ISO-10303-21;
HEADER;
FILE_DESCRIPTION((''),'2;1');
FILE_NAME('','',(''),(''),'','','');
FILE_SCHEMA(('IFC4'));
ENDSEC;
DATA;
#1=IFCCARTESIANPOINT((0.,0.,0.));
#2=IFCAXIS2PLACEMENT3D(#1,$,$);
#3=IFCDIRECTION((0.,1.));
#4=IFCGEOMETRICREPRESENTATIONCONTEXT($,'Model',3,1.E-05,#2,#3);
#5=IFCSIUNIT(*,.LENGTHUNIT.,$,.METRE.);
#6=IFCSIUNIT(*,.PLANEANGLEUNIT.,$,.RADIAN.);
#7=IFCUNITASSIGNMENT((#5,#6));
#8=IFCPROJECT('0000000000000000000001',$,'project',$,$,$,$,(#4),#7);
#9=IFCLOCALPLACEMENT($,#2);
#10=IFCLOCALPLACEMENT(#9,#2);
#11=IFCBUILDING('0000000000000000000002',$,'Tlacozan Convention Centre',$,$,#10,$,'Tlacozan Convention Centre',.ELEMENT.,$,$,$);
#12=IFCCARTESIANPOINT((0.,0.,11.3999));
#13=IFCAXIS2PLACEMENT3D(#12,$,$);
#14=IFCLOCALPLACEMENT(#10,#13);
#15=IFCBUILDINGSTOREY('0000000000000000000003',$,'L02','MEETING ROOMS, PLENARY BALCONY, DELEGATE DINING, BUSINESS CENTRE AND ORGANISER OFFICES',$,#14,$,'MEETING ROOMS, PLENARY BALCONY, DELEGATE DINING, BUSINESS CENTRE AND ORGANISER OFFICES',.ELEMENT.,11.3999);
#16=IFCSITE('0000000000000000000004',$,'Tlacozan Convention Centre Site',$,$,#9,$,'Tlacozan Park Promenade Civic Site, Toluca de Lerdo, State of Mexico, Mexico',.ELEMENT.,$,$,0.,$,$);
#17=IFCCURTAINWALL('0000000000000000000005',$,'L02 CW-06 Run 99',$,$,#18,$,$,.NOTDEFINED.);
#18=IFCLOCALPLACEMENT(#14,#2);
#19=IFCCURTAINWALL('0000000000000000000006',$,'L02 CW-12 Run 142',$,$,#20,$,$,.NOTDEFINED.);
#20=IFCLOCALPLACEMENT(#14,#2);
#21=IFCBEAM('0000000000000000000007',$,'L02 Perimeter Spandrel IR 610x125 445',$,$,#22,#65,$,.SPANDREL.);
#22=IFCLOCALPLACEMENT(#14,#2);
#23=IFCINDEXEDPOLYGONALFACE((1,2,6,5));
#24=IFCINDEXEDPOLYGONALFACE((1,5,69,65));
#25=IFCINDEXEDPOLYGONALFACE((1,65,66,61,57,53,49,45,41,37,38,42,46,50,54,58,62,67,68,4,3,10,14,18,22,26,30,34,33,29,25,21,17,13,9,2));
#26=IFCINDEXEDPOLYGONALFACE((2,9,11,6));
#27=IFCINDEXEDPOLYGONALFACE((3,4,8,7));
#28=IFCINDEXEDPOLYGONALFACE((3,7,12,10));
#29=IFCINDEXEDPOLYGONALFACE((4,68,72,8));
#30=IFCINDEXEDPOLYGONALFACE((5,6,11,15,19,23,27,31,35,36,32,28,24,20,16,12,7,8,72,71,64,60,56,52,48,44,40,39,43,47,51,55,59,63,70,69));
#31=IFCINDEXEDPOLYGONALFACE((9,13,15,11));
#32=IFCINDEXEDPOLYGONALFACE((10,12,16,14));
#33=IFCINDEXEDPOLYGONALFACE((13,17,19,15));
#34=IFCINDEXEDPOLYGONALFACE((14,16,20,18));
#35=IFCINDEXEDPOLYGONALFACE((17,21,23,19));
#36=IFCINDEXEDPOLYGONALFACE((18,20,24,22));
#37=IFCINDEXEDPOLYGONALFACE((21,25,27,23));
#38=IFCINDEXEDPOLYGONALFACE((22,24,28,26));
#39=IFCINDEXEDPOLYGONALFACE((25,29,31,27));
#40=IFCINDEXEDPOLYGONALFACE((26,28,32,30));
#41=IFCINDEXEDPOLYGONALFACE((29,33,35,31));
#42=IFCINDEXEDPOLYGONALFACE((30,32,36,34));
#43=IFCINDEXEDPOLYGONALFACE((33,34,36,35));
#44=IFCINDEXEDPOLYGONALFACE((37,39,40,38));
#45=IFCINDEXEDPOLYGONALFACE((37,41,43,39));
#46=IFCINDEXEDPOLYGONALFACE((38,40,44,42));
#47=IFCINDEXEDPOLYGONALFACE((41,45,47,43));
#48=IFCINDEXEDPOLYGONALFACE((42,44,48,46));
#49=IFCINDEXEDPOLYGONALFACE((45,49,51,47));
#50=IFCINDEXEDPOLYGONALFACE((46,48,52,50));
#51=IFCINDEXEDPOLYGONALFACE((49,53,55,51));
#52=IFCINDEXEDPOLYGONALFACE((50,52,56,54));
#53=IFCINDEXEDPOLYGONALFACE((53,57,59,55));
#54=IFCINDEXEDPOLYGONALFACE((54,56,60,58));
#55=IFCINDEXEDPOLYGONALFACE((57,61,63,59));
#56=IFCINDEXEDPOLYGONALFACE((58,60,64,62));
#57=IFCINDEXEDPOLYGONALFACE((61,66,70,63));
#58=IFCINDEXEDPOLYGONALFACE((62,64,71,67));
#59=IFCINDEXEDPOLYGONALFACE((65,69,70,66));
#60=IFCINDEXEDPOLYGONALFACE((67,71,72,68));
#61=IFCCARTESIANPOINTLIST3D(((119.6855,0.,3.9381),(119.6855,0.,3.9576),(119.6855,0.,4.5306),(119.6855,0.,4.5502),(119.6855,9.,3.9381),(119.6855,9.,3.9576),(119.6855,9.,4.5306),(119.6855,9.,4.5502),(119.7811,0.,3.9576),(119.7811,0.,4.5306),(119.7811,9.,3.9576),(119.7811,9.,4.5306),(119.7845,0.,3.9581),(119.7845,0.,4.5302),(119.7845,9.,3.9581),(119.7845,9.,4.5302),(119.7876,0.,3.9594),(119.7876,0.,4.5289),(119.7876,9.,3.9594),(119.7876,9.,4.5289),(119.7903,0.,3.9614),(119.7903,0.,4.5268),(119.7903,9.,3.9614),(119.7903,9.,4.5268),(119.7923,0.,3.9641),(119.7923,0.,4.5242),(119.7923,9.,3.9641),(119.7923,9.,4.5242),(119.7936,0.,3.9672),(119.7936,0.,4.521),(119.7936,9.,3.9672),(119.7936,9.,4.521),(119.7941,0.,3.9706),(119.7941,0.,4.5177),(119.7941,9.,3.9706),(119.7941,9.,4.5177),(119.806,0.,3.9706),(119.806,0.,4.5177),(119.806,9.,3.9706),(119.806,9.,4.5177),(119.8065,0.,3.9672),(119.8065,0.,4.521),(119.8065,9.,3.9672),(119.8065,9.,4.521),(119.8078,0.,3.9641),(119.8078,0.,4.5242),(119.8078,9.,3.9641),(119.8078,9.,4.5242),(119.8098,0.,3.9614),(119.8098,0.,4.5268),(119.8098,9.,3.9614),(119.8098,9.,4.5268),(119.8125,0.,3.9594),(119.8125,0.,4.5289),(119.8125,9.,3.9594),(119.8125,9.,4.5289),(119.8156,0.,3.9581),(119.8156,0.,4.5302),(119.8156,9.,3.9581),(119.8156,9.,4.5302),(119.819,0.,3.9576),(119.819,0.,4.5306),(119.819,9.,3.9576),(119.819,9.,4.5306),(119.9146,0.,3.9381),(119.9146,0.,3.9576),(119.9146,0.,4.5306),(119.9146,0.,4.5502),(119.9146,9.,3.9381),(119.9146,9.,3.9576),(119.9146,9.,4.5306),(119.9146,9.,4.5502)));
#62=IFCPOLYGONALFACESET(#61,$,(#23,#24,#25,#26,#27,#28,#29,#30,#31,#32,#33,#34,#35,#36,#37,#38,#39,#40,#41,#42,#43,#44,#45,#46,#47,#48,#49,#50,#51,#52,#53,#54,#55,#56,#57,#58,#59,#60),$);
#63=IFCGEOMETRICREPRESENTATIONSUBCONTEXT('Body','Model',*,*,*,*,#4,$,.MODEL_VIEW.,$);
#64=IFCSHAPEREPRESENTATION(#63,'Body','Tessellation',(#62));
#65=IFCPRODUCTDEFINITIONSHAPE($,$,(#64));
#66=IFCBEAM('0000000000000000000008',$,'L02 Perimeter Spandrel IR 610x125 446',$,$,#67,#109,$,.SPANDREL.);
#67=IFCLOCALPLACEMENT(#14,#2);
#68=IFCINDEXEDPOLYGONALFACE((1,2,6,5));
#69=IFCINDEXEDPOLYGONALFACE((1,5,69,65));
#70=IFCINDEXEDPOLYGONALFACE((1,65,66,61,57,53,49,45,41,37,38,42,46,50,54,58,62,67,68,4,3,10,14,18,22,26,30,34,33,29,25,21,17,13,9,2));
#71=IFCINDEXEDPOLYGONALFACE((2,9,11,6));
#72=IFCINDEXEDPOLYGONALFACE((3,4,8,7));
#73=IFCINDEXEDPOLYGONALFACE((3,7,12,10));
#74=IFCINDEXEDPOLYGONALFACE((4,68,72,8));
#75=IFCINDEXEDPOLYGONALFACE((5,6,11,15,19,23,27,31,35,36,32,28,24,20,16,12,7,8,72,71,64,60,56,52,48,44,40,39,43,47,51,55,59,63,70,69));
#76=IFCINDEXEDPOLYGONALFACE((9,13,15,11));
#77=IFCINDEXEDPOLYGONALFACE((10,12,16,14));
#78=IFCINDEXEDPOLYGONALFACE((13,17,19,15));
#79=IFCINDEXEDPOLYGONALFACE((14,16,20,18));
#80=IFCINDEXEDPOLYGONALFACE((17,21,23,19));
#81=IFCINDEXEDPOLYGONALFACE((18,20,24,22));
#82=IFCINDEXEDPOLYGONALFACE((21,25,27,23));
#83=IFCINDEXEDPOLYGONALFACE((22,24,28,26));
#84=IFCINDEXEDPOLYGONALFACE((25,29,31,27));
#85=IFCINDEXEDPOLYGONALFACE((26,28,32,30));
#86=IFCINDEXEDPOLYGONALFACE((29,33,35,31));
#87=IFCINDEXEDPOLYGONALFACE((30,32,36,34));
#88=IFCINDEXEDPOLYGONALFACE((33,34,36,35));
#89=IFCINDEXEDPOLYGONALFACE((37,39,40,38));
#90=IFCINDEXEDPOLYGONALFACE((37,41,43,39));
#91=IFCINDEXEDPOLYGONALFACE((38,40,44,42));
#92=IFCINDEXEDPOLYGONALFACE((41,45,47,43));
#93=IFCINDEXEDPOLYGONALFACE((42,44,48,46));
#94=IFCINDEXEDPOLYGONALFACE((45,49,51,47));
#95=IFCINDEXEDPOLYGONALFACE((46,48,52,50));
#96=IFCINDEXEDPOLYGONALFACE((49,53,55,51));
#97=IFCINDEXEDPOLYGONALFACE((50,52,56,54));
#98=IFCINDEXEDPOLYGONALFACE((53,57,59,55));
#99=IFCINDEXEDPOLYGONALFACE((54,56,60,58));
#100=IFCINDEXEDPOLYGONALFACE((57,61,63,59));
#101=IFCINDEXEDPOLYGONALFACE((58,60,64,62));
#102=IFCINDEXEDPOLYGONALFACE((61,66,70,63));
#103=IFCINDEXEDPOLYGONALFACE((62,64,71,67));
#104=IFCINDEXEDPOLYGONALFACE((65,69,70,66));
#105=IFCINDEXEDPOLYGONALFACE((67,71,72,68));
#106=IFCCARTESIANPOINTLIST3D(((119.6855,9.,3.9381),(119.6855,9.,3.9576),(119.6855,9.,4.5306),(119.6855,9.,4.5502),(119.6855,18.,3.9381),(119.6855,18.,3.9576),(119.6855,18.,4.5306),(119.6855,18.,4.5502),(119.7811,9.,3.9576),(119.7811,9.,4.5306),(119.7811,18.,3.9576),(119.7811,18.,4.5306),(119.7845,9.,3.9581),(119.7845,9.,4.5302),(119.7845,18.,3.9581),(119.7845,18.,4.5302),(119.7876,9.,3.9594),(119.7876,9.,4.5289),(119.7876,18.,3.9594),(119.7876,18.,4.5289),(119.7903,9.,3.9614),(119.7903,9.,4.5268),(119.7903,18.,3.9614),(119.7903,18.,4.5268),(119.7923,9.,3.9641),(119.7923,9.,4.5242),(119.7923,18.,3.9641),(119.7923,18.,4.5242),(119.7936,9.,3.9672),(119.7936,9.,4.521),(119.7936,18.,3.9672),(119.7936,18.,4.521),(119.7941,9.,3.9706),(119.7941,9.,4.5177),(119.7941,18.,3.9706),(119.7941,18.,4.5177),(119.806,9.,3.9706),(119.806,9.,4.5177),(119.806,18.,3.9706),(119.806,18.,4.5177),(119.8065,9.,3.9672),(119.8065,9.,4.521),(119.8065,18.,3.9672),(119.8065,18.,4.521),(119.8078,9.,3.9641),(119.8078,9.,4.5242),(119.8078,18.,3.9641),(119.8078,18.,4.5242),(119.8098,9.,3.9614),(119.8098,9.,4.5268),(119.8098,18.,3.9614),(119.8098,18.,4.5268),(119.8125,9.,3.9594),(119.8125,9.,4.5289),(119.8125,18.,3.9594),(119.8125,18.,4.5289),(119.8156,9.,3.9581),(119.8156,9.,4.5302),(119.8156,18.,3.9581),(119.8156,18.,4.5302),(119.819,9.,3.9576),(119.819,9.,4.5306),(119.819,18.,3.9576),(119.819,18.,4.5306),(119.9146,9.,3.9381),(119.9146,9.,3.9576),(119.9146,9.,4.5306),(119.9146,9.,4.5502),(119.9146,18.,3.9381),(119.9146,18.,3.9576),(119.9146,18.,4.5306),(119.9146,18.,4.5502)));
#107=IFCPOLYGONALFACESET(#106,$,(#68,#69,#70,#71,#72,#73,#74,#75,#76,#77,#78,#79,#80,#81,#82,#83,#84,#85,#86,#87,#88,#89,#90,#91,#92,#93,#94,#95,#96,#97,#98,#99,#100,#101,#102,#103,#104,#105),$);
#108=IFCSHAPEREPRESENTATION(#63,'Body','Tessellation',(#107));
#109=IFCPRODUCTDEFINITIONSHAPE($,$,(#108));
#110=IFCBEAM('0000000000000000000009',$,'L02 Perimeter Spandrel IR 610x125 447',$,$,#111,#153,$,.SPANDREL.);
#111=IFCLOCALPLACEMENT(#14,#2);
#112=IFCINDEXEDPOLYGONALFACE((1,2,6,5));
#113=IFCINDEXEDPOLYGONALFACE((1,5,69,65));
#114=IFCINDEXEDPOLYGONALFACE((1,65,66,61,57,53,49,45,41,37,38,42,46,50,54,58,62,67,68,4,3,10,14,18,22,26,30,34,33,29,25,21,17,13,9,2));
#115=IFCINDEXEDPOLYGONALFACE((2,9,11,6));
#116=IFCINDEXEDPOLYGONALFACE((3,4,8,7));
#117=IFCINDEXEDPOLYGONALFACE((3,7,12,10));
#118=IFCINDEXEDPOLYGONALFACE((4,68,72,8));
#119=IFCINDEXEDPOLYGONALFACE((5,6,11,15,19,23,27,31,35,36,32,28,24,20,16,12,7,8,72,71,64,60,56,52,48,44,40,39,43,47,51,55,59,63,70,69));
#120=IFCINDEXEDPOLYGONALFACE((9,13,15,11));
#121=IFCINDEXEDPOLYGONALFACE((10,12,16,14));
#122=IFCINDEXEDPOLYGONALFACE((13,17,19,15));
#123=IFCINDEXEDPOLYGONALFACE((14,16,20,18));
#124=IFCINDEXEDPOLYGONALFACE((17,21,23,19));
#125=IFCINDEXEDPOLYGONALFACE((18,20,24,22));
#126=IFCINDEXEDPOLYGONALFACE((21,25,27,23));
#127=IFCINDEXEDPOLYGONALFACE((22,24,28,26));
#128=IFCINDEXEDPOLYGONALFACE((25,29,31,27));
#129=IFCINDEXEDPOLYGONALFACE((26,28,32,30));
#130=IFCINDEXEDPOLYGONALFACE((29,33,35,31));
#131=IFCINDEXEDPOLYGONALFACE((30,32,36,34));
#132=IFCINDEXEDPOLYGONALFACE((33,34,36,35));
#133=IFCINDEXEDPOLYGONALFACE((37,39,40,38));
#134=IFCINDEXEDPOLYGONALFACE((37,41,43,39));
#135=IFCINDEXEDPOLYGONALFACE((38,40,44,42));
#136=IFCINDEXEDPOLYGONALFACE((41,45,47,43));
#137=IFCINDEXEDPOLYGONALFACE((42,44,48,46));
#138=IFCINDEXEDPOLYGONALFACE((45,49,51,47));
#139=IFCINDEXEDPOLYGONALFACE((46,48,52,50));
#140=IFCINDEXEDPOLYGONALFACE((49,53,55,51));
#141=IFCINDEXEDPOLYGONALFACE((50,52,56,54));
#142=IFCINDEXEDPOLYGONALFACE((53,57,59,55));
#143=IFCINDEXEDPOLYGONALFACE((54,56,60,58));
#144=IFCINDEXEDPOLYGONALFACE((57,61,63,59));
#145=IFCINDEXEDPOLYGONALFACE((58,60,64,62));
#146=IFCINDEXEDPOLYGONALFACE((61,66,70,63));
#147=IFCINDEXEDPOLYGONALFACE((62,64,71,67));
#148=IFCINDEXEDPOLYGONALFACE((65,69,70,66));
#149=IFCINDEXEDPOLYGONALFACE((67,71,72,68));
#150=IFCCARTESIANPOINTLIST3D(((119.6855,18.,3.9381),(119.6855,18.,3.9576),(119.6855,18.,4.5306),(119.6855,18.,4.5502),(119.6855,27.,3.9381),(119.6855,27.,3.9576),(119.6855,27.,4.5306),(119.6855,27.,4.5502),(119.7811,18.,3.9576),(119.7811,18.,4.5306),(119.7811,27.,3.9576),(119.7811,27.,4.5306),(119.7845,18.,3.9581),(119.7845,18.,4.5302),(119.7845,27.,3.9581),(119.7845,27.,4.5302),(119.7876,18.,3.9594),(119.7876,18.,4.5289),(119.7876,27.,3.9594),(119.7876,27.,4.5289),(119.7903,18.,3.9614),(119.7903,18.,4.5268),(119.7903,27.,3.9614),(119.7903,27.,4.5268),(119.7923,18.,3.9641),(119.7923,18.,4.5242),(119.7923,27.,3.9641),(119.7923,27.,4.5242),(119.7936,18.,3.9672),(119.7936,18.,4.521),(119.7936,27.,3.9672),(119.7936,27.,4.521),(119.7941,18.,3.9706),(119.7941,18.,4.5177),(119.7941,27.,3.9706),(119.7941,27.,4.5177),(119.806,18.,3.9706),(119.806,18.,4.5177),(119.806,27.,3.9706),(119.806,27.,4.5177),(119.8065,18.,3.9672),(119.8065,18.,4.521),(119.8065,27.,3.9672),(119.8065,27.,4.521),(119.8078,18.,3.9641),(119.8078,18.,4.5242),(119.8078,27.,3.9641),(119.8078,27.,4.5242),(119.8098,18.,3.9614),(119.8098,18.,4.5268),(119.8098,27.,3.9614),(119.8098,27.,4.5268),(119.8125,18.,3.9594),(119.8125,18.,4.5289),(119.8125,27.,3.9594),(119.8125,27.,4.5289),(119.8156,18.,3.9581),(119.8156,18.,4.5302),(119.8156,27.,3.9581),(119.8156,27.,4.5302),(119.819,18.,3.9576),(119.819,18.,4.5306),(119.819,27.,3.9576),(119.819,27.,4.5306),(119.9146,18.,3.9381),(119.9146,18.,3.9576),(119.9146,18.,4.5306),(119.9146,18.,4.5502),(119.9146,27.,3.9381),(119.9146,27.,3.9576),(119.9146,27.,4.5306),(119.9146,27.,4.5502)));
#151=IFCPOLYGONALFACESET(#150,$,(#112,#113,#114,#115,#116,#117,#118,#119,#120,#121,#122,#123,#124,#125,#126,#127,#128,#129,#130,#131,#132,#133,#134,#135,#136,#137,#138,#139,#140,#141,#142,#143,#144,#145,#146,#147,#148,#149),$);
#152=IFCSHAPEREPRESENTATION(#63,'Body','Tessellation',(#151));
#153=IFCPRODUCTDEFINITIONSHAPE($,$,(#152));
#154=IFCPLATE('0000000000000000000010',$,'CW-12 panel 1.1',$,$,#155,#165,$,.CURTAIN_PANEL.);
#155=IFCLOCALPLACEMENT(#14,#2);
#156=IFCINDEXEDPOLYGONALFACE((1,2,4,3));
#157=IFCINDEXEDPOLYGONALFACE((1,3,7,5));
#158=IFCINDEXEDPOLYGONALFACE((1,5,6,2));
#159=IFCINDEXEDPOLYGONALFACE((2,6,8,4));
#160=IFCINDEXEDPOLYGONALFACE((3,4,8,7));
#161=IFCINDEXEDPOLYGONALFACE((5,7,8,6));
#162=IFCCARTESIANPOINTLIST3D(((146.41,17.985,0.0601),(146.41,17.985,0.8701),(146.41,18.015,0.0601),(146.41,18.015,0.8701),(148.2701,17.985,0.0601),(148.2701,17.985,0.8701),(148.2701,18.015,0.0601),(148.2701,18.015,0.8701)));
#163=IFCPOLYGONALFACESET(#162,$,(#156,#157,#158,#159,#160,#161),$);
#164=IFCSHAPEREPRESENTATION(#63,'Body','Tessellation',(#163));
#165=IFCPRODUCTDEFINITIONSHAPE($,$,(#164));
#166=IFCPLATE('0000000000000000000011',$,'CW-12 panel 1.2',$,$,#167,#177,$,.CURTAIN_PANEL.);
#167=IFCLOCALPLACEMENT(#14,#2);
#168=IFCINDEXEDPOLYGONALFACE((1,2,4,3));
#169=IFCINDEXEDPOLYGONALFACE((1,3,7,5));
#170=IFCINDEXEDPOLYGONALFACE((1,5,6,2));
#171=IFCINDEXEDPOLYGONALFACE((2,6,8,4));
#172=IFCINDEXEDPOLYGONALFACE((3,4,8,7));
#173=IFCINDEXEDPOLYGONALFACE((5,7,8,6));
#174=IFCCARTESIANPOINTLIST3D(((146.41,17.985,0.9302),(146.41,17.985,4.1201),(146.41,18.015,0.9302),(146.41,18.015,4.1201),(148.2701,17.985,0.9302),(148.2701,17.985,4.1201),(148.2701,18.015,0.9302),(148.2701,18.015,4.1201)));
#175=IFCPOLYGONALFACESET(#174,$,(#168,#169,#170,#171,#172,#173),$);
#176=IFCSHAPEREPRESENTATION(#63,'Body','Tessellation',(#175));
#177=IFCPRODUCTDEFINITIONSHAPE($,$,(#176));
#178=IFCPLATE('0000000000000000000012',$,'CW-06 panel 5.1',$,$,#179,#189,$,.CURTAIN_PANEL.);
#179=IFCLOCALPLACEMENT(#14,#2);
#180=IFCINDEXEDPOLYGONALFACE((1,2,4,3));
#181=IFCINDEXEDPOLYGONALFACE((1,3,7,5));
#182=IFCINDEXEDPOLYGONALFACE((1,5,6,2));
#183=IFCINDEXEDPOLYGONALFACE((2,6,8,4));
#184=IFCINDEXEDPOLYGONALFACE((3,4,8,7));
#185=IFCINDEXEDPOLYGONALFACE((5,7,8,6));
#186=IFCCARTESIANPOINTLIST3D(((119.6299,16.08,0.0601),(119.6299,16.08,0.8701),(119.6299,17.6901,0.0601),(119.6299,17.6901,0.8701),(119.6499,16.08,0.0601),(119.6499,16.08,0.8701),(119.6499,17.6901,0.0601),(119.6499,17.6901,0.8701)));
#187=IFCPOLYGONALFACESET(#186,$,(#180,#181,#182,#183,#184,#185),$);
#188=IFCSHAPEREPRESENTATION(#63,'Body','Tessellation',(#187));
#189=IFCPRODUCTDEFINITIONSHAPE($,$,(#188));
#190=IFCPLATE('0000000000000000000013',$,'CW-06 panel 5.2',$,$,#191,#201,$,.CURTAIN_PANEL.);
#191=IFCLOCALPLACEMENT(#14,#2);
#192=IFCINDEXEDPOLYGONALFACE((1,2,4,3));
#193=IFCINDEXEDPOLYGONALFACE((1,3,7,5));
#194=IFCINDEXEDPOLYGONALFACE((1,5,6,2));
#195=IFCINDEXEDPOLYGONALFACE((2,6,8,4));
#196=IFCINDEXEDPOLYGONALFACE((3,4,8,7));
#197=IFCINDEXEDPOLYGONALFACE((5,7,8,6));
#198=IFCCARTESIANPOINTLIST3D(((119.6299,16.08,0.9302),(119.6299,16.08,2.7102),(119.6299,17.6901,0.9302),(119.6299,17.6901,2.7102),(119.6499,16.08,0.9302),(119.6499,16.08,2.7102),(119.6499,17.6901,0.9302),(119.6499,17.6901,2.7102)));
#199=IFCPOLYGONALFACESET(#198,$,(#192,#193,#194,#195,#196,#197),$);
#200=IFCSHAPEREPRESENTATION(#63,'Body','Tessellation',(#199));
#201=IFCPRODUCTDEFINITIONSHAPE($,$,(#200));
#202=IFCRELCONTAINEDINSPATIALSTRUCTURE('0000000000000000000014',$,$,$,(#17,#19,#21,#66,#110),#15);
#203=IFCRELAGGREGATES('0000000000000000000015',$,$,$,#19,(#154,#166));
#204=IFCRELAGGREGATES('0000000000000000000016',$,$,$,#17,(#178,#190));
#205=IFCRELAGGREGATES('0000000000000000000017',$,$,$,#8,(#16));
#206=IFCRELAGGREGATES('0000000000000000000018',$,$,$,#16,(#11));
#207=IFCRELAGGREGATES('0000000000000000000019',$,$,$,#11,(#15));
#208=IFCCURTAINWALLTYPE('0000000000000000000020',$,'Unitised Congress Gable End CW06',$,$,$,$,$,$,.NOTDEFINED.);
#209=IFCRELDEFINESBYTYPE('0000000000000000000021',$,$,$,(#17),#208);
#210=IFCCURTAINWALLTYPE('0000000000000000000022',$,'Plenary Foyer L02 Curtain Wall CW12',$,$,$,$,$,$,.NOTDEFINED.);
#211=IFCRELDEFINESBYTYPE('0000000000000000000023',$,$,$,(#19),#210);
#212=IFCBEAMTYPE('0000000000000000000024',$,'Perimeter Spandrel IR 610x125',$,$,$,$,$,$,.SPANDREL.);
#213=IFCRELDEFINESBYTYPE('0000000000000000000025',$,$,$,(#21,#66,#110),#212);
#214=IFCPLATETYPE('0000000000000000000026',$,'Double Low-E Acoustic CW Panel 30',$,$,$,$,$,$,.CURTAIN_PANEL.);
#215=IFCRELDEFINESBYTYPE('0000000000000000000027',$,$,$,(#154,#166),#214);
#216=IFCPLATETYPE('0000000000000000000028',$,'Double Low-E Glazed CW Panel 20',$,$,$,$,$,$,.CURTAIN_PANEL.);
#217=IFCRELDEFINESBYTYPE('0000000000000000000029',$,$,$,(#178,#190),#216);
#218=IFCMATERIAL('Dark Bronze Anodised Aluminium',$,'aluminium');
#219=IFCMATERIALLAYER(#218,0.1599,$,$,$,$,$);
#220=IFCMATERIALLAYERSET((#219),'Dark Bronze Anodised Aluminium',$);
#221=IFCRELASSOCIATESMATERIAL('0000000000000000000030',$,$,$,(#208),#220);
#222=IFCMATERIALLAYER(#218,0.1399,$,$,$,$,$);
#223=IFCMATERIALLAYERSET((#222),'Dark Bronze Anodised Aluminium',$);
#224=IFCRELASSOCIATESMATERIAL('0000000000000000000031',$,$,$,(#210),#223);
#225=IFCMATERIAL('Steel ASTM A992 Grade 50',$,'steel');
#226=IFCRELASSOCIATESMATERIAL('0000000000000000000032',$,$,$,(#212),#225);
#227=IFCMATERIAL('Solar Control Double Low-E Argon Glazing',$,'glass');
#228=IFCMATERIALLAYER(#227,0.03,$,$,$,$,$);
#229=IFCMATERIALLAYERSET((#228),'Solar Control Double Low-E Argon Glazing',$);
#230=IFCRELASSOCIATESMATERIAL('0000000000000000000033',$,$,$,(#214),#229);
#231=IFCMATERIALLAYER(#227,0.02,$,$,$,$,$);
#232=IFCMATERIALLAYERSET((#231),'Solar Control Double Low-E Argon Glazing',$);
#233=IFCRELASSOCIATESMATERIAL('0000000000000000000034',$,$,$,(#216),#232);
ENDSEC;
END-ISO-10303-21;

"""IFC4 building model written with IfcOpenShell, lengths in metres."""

from ifc_helpers import new_model, si_unit, direction, frame, origin, origin_2d, place, context, subcontext, project, spatial, rectangle, i_section, extrude, material, layer, layer_set, material_profile, profile_set, type_object, element, aggregate, save


model = new_model("IFC4")

# Units and contexts
model_context = context("Model", 3, precision=1e-05, world=origin(), true_north=direction((0.0, 1.0)))
body_context = subcontext(model_context, "Body", "Model", "MODEL_VIEW")
ifc_project = project(units=[si_unit("LENGTHUNIT", "METRE"), si_unit("PLANEANGLEUNIT", "RADIAN")], contexts=[model_context])

# Site, building, storey
site_placement = place(None, origin())
site = spatial("IfcSite", under=ifc_project, at=site_placement, Name="Tlacozan Convention Centre Site", LongName="Tlacozan Park Promenade Civic Site, Toluca de Lerdo, State of Mexico, Mexico", CompositionType="ELEMENT", RefElevation=0.0)
building_placement = place(site_placement, origin())
building = spatial("IfcBuilding", under=site, at=building_placement, Name="Tlacozan Convention Centre", LongName="Tlacozan Convention Centre", CompositionType="ELEMENT")
storey_placement = place(building_placement, frame((0.0, 0.0, 11.3999)))
storey = spatial("IfcBuildingStorey", under=building, at=storey_placement, Name="L02", Description="MEETING ROOMS, PLENARY BALCONY, DELEGATE DINING, BUSINESS CENTRE AND ORGANISER OFFICES", LongName="MEETING ROOMS, PLENARY BALCONY, DELEGATE DINING, BUSINESS CENTRE AND ORGANISER OFFICES", CompositionType="ELEMENT", Elevation=11.3999)

# Curtain walls
ifc_material_1 = material(Name="Dark Bronze Anodised Aluminium", Category="aluminium")
ifc_layer_1 = layer(ifc_material_1, 0.1599)
ifc_layer_set_1 = layer_set([ifc_layer_1], Name="Dark Bronze Anodised Aluminium")
curtain_wall_type_1 = type_object("IfcCurtainWallType", Name="Unitised Congress Gable End CW06", PredefinedType="NOTDEFINED", material=ifc_layer_set_1)
curtain_wall_1_placement = place(storey_placement, origin())
curtain_wall_1 = element("IfcCurtainWall", 1, at=curtain_wall_1_placement, inside=storey, type_object=curtain_wall_type_1, Name="L02 CW-06 Run 99", PredefinedType="NOTDEFINED")
ifc_layer_2 = layer(ifc_material_1, 0.1399)
ifc_layer_set_2 = layer_set([ifc_layer_2], Name="Dark Bronze Anodised Aluminium")
curtain_wall_type_2 = type_object("IfcCurtainWallType", Name="Plenary Foyer L02 Curtain Wall CW12", PredefinedType="NOTDEFINED", material=ifc_layer_set_2)
curtain_wall_2_placement = place(storey_placement, origin())
curtain_wall_2 = element("IfcCurtainWall", 2, at=curtain_wall_2_placement, inside=storey, type_object=curtain_wall_type_2, Name="L02 CW-12 Run 142", PredefinedType="NOTDEFINED")

# Beams
ifc_material_2 = material(Name="Steel ASTM A992 Grade 50", Category="steel")
ifc_material_profile_1 = material_profile(ifc_material_2, i_section(OverallWidth=0.229, OverallDepth=0.6121, WebThickness=0.012, FlangeThickness=0.0195, FilletRadius=0.0129, at=origin_2d()), Name="IR 610x125.0")
ifc_profile_set_1 = profile_set([ifc_material_profile_1], Name="Steel ASTM A992 Grade 50")
beam_type = type_object("IfcBeamType", Name="Perimeter Spandrel IR 610x125", PredefinedType="SPANDREL", material=ifc_profile_set_1)
for number, where, z_axis, x_axis, name in (
    (3, (119.8, 0.0, 4.2441), (0.0, 1.0, 0.0), (-1.0, 0.0, 0.0), "L02 Perimeter Spandrel IR 610x125 445"),
    (4, (119.8, 9.0, 4.2441), (0.0, 1.0, 0.0), (-1.0, 0.0, 0.0), "L02 Perimeter Spandrel IR 610x125 446"),
    (5, (119.8, 18.0, 4.2441), (0.0, 1.0, 0.0), (-1.0, 0.0, 0.0), "L02 Perimeter Spandrel IR 610x125 447"),
):
    element("IfcBeam", number, at=place(storey_placement, frame(where, z_axis=z_axis, x_axis=x_axis)), inside=storey, type_object=beam_type, Name=name, PredefinedType="SPANDREL", context=body_context, shape_type="SweptSolid", body=[
        extrude(i_section(OverallWidth=0.229, OverallDepth=0.6121, WebThickness=0.012, FlangeThickness=0.0195, FilletRadius=0.0129, at=origin_2d()), origin(), (0.0, 0.0, 1.0), 9.0),
    ])

# Plates
ifc_material_3 = material(Name="Solar Control Double Low-E Argon Glazing", Category="glass")
ifc_layer_3 = layer(ifc_material_3, 0.03)
ifc_layer_set_3 = layer_set([ifc_layer_3], Name="Solar Control Double Low-E Argon Glazing")
plate_type_1 = type_object("IfcPlateType", Name="Double Low-E Acoustic CW Panel 30", PredefinedType="CURTAIN_PANEL", material=ifc_layer_set_3)
plate_1_placement = place(storey_placement, frame((147.3401, 18.0, 0.0601), z_axis=(0.0, 0.0, 1.0), x_axis=(1.0, 0.0, 0.0)))
plate_1 = element("IfcPlate", 6, at=plate_1_placement, type_object=plate_type_1, Name="CW-12 panel 1.1", PredefinedType="CURTAIN_PANEL", context=body_context, shape_type="SweptSolid", body=[
    extrude(rectangle(XDim=1.8601, YDim=0.03, at=origin_2d()), origin(), (0.0, 0.0, 1.0), 0.8101),
])
plate_2_placement = place(storey_placement, frame((147.3401, 18.0, 0.9302), z_axis=(0.0, 0.0, 1.0), x_axis=(1.0, 0.0, 0.0)))
plate_2 = element("IfcPlate", 7, at=plate_2_placement, type_object=plate_type_1, Name="CW-12 panel 1.2", PredefinedType="CURTAIN_PANEL", context=body_context, shape_type="SweptSolid", body=[
    extrude(rectangle(XDim=1.8601, YDim=0.03, at=origin_2d()), origin(), (0.0, 0.0, 1.0), 3.1899),
])
aggregate(curtain_wall_2, [plate_1, plate_2])
ifc_layer_4 = layer(ifc_material_3, 0.02)
ifc_layer_set_4 = layer_set([ifc_layer_4], Name="Solar Control Double Low-E Argon Glazing")
plate_type_2 = type_object("IfcPlateType", Name="Double Low-E Glazed CW Panel 20", PredefinedType="CURTAIN_PANEL", material=ifc_layer_set_4)
plate_3_placement = place(storey_placement, frame((119.6399, 16.885, 0.0601), z_axis=(0.0, 0.0, 1.0), x_axis=(0.0, 1.0, 0.0)))
plate_3 = element("IfcPlate", 8, at=plate_3_placement, type_object=plate_type_2, Name="CW-06 panel 5.1", PredefinedType="CURTAIN_PANEL", context=body_context, shape_type="SweptSolid", body=[
    extrude(rectangle(XDim=1.6101, YDim=0.02, at=origin_2d()), origin(), (0.0, 0.0, 1.0), 0.8101),
])
plate_4_placement = place(storey_placement, frame((119.6399, 16.885, 0.9302), z_axis=(0.0, 0.0, 1.0), x_axis=(0.0, 1.0, 0.0)))
plate_4 = element("IfcPlate", 9, at=plate_4_placement, type_object=plate_type_2, Name="CW-06 panel 5.2", PredefinedType="CURTAIN_PANEL", context=body_context, shape_type="SweptSolid", body=[
    extrude(rectangle(XDim=1.6101, YDim=0.02, at=origin_2d()), origin(), (0.0, 0.0, 1.0), 1.78),
])
aggregate(curtain_wall_1, [plate_3, plate_4])

save(model, "model.ifc")
